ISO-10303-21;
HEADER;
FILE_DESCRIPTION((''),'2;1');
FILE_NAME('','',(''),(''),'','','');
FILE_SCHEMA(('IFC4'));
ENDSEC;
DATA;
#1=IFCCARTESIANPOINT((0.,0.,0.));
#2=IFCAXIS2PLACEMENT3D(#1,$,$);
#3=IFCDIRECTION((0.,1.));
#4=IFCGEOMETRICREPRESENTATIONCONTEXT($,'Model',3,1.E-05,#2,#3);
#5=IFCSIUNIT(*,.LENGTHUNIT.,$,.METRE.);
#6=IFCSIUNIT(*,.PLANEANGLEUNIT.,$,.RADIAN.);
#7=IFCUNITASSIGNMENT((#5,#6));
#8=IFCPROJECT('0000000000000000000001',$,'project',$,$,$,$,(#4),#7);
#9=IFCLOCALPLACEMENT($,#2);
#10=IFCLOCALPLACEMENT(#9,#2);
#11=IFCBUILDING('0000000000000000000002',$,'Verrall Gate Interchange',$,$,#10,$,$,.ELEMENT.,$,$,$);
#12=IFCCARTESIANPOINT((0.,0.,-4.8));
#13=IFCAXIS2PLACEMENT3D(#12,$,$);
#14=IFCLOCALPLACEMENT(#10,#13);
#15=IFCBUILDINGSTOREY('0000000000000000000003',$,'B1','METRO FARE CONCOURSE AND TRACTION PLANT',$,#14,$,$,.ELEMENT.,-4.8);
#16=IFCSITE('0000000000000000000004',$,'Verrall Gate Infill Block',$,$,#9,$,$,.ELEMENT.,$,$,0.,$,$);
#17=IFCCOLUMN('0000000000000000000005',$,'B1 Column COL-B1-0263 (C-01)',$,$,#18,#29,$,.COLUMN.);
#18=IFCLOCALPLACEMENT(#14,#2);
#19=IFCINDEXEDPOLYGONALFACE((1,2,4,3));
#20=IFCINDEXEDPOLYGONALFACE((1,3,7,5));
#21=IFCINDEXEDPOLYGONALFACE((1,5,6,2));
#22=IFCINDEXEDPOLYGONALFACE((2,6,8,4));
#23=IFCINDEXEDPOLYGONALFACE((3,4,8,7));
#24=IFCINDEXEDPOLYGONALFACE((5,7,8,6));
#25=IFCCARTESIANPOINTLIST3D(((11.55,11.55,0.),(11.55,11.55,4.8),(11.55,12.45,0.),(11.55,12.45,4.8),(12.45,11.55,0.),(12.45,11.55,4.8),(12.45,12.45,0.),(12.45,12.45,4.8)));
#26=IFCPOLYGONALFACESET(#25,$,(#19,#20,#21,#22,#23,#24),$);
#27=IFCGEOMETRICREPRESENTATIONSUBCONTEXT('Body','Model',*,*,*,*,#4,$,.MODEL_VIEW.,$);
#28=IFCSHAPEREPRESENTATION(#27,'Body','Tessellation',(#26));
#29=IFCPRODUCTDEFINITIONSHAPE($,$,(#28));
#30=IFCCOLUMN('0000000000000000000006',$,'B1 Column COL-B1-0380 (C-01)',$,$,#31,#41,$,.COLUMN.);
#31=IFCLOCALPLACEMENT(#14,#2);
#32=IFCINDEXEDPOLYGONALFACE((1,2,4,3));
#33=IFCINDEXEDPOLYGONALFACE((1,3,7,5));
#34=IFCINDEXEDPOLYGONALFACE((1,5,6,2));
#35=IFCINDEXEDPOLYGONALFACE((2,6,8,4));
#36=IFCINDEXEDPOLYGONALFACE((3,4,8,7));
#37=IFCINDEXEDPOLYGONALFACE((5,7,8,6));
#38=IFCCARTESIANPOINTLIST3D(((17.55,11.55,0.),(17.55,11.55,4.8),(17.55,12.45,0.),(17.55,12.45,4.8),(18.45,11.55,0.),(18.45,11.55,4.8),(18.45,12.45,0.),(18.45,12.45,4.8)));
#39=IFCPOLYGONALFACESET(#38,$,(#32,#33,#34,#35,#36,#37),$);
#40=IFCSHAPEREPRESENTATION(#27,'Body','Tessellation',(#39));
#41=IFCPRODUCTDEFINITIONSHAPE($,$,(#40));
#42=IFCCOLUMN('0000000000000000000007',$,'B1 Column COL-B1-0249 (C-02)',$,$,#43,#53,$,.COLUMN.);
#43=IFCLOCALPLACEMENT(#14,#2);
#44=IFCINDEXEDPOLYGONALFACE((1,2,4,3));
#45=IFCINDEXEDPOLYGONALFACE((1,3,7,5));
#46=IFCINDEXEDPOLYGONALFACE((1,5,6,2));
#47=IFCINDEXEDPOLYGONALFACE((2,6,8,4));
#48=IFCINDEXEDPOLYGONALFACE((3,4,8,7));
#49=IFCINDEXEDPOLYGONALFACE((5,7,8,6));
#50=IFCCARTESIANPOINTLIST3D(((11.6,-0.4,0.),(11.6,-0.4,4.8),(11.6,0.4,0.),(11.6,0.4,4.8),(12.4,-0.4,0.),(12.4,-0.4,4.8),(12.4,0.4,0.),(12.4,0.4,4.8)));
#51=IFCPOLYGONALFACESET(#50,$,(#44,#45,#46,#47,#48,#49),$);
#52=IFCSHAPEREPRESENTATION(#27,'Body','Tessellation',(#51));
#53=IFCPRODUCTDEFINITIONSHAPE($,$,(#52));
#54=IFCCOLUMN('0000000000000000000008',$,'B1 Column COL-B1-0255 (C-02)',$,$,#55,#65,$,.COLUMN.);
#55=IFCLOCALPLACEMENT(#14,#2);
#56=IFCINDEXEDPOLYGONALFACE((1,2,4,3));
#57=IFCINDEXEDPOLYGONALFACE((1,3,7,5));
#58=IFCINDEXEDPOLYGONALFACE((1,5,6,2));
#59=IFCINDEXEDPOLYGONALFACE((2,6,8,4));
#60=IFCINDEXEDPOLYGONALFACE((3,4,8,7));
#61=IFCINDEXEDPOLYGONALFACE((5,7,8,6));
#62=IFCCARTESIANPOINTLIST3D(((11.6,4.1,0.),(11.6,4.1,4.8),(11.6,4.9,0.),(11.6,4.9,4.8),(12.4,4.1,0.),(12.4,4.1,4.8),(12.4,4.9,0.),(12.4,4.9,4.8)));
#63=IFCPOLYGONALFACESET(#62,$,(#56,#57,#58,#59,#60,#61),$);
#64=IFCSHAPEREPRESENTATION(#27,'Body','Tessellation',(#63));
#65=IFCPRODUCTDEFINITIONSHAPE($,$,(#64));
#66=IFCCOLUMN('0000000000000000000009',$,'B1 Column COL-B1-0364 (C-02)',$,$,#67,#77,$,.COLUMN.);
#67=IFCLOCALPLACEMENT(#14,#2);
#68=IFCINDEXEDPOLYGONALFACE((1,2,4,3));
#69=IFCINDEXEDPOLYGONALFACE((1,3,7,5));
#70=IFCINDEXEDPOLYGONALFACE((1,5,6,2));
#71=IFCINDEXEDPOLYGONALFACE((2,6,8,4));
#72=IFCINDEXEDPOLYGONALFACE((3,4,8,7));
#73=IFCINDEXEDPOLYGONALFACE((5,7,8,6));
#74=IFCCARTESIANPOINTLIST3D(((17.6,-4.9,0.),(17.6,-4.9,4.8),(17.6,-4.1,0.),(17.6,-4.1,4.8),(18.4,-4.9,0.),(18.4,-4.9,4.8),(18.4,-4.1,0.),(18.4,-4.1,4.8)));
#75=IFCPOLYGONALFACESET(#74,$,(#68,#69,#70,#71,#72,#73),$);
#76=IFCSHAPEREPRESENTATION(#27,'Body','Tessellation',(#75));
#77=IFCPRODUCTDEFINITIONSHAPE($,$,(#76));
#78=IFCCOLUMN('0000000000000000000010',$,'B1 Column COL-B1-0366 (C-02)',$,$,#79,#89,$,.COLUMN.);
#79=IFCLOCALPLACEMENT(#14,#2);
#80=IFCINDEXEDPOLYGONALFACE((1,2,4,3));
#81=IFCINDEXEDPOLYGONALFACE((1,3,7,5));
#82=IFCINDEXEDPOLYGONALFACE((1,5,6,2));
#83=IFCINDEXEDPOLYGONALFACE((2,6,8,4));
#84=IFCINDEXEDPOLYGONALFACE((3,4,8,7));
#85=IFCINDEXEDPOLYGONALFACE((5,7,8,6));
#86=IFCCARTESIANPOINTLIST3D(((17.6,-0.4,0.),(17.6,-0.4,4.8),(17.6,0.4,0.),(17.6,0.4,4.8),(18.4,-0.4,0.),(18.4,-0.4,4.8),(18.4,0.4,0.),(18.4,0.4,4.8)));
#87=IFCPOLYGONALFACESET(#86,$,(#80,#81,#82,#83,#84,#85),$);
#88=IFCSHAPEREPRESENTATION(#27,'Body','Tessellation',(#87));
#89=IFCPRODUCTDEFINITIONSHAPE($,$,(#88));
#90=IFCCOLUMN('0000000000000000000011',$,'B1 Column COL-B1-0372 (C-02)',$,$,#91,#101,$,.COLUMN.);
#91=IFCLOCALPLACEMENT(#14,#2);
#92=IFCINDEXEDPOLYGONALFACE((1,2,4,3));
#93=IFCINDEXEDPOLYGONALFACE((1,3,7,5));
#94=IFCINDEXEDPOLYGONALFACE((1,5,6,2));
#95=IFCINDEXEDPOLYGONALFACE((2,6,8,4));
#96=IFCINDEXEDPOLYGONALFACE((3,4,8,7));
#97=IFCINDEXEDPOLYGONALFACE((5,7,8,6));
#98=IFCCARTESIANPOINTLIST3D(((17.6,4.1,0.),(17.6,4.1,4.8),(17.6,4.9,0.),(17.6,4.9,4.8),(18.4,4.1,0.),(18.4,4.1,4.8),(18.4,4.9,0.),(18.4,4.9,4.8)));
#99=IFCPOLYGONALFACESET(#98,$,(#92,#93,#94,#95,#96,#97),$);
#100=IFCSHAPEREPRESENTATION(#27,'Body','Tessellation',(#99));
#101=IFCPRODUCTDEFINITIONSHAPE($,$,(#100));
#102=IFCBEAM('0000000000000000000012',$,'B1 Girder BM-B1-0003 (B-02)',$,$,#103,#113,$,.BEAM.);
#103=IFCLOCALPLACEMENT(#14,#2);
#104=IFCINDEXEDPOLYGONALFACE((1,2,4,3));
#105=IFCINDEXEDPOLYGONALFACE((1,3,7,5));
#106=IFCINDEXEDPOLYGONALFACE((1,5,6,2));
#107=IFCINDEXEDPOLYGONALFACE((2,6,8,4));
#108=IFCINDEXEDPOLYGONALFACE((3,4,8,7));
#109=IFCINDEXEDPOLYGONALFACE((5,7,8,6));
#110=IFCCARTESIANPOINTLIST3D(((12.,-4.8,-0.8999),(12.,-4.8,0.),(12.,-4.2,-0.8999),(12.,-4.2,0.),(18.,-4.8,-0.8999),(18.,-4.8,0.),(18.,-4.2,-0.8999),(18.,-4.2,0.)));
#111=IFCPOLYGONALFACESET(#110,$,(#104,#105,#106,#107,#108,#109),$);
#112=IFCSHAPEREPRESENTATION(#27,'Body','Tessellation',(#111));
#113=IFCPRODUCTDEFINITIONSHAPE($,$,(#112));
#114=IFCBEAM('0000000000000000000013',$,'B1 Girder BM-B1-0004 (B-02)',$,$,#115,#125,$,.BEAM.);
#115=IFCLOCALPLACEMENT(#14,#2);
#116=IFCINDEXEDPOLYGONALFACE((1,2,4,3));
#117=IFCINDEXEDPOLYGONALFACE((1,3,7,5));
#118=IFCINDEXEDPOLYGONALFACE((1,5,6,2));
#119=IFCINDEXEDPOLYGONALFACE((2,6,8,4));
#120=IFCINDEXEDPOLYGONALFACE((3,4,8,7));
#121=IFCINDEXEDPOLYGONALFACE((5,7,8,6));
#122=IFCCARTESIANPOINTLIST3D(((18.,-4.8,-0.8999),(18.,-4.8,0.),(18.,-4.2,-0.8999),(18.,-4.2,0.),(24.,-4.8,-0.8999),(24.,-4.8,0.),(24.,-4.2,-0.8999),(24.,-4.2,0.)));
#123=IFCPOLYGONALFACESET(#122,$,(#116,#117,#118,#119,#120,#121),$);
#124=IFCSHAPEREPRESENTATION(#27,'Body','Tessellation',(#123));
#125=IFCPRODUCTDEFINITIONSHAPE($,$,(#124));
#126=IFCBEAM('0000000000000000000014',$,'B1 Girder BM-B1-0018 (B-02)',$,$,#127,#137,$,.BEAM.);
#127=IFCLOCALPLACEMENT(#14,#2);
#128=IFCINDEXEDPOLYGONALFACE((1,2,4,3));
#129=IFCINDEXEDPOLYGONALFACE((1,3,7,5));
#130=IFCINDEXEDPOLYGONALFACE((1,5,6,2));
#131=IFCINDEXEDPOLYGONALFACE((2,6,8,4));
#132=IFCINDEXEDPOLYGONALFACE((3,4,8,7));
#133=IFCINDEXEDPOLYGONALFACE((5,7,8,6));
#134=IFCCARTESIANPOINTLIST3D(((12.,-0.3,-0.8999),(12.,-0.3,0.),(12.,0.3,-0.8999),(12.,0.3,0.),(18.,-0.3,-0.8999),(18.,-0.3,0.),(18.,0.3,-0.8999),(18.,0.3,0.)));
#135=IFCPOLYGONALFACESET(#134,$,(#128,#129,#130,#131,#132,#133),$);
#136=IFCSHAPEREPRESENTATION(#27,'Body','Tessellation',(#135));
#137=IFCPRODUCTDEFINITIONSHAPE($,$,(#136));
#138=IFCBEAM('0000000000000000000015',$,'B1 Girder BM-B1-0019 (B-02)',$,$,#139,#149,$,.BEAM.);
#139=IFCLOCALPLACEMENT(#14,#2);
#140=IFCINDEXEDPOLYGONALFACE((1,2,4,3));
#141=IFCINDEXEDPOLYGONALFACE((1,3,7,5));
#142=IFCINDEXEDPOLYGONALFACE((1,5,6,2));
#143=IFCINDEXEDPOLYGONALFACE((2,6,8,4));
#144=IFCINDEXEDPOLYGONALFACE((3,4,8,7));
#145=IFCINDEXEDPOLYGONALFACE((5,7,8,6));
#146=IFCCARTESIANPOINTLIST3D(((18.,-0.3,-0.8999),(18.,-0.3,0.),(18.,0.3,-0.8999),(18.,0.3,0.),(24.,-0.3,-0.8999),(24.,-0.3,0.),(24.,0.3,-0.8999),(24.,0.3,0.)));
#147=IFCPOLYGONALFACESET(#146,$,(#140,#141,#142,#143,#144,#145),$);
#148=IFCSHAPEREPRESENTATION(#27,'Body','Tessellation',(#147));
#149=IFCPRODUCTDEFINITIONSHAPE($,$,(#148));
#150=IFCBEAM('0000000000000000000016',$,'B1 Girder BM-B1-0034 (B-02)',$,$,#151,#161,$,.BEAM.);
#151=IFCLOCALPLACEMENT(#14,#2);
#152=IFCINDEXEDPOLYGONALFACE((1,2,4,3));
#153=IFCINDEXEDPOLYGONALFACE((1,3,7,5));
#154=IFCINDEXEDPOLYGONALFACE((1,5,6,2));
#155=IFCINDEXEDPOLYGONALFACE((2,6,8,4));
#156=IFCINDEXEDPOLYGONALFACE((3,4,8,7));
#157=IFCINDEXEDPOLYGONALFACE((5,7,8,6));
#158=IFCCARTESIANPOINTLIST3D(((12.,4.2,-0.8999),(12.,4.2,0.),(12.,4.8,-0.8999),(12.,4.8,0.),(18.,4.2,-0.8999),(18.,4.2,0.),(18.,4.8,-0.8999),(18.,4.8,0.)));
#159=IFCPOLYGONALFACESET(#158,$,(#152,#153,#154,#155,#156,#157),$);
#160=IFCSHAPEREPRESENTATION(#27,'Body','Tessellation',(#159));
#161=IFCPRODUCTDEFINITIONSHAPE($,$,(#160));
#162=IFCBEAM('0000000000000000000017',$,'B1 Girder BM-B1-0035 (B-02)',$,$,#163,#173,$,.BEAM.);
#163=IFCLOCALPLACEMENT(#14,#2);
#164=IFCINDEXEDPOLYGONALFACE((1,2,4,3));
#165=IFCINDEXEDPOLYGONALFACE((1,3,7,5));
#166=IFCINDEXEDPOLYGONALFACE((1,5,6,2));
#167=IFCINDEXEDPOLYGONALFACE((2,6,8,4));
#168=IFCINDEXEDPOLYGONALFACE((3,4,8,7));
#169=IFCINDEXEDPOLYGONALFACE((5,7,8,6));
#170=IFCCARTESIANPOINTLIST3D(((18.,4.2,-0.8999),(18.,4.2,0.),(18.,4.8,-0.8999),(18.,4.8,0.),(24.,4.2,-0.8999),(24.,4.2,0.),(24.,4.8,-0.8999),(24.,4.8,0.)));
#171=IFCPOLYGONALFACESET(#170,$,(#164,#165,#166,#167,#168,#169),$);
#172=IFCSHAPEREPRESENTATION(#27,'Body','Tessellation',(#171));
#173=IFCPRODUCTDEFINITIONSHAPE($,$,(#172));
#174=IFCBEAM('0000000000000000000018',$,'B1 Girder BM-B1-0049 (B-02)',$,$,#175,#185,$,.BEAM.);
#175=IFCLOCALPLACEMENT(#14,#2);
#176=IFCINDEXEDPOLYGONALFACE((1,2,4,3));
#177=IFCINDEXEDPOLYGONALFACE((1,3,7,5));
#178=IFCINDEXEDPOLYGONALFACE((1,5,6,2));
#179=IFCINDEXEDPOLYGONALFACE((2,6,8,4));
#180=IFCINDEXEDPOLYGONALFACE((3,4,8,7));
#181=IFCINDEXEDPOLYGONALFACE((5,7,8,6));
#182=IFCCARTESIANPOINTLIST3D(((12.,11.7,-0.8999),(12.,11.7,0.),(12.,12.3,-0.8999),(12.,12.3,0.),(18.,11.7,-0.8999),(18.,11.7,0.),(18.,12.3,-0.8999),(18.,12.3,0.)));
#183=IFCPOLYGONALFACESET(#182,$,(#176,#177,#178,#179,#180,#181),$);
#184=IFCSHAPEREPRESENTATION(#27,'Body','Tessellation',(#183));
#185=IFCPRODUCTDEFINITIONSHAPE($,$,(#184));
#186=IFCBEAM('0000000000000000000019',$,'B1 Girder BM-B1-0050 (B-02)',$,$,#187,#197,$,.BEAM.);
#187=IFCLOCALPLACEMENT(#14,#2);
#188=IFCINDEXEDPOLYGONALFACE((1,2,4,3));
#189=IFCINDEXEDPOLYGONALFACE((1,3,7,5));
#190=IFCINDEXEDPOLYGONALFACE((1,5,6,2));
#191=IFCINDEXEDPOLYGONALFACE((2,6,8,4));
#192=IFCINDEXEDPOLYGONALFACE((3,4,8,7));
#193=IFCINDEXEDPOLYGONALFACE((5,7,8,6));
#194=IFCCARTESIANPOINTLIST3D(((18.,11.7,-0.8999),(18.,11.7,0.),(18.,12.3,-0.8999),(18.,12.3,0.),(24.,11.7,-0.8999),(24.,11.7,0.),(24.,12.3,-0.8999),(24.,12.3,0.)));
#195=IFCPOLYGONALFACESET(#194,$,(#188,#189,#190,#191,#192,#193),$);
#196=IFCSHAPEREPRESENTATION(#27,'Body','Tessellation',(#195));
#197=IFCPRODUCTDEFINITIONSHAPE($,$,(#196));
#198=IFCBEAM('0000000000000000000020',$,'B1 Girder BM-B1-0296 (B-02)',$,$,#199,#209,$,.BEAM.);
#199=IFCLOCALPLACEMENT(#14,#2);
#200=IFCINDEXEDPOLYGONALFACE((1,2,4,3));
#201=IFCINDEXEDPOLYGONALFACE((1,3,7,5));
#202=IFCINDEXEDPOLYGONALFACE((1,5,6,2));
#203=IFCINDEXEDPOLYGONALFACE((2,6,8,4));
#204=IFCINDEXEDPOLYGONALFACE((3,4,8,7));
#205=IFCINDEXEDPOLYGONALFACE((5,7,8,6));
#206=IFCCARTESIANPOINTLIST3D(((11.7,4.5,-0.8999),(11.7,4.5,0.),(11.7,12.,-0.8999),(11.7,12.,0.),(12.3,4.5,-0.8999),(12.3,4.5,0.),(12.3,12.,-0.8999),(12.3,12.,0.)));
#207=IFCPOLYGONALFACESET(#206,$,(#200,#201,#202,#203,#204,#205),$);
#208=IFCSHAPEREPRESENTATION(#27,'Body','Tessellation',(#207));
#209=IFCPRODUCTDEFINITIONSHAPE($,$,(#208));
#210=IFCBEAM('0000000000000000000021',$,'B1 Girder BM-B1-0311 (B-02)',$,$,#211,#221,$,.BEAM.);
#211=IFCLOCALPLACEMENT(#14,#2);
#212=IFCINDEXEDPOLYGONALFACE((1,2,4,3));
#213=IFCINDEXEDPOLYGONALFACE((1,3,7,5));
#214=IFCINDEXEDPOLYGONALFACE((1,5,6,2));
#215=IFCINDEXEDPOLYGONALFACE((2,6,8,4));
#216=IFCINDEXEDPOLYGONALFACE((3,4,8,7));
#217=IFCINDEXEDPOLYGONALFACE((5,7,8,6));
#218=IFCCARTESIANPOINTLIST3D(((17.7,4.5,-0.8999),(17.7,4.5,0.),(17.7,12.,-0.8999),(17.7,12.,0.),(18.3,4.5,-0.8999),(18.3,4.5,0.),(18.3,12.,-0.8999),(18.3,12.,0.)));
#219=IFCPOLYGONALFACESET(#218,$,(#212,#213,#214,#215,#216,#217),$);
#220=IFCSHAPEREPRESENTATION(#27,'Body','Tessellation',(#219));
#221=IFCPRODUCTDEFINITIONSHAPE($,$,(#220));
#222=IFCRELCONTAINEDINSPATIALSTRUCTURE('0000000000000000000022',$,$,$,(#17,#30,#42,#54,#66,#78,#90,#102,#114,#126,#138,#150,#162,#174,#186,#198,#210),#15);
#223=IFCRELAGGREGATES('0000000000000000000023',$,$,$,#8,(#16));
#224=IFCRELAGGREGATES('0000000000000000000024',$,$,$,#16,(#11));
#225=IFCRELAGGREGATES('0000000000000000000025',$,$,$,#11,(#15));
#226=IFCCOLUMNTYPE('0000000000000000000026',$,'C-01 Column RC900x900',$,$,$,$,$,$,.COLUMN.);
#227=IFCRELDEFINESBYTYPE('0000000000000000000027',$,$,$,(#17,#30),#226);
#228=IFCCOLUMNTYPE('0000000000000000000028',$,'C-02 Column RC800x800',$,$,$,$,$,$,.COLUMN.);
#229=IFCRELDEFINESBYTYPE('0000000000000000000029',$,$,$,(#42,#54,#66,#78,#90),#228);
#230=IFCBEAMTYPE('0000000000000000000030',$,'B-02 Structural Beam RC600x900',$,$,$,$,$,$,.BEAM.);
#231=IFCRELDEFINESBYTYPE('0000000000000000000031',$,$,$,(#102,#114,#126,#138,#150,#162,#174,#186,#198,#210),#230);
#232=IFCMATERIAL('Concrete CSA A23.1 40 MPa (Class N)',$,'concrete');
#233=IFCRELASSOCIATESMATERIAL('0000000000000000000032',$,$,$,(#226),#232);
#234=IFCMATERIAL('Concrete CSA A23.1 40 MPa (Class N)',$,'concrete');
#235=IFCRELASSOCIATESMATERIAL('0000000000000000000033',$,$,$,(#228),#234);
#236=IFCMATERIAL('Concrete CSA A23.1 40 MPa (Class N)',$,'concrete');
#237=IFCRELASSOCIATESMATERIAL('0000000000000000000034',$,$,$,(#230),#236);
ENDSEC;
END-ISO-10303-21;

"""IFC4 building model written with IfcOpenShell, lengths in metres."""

from ifc_helpers import new_model, si_unit, direction, frame, origin, origin_2d, place, context, subcontext, project, spatial, rectangle, extrude, material, material_profile, profile_set, type_object, element, save


model = new_model("IFC4")

# Units and contexts
model_context = context("Model", 3, precision=1e-05, world=origin(), true_north=direction((0.0, 1.0)))
body_context = subcontext(model_context, "Body", "Model", "MODEL_VIEW")
ifc_project = project(units=[si_unit("LENGTHUNIT", "METRE"), si_unit("PLANEANGLEUNIT", "RADIAN")], contexts=[model_context])

# Site, building, storey
site_placement = place(None, origin())
site = spatial("IfcSite", under=ifc_project, at=site_placement, Name="Verrall Gate Infill Block", CompositionType="ELEMENT", RefElevation=0.0)
building_placement = place(site_placement, origin())
building = spatial("IfcBuilding", under=site, at=building_placement, Name="Verrall Gate Interchange", CompositionType="ELEMENT")
storey_placement = place(building_placement, frame((0.0, 0.0, -4.8)))
storey = spatial("IfcBuildingStorey", under=building, at=storey_placement, Name="B1", Description="METRO FARE CONCOURSE AND TRACTION PLANT", CompositionType="ELEMENT", Elevation=-4.8)

# Columns
ifc_material_1 = material(Name="Concrete CSA A23.1 40 MPa (Class N)", Category="concrete")
ifc_material_profile_1 = material_profile(ifc_material_1, rectangle(XDim=0.8999, YDim=0.8999, at=origin_2d()), Name="RC900x900")
ifc_profile_set_1 = profile_set([ifc_material_profile_1], Name="Concrete CSA A23.1 40 MPa (Class N)")
column_type_1 = type_object("IfcColumnType", Name="C-01 Column RC900x900", PredefinedType="COLUMN", material=ifc_profile_set_1)
for number, where, z_axis, x_axis, name in (
    (1, (12.0, 12.0, 0.0), (0.0, 0.0, 1.0), (1.0, 0.0, 0.0), "B1 Column COL-B1-0263 (C-01)"),
    (2, (18.0, 12.0, 0.0), (0.0, 0.0, 1.0), (1.0, 0.0, 0.0), "B1 Column COL-B1-0380 (C-01)"),
):
    element("IfcColumn", number, at=place(storey_placement, frame(where, z_axis=z_axis, x_axis=x_axis)), inside=storey, type_object=column_type_1, Name=name, PredefinedType="COLUMN", context=body_context, shape_type="SweptSolid", body=[
        extrude(rectangle(XDim=0.8999, YDim=0.8999, at=origin_2d()), origin(), (0.0, 0.0, 1.0), 4.8),
    ])
ifc_material_2 = material(Name="Concrete CSA A23.1 40 MPa (Class N)", Category="concrete")
ifc_material_profile_2 = material_profile(ifc_material_2, rectangle(XDim=0.8, YDim=0.8, at=origin_2d()), Name="RC800x800")
ifc_profile_set_2 = profile_set([ifc_material_profile_2], Name="Concrete CSA A23.1 40 MPa (Class N)")
column_type_2 = type_object("IfcColumnType", Name="C-02 Column RC800x800", PredefinedType="COLUMN", material=ifc_profile_set_2)
for number, where, z_axis, x_axis, name in (
    (3, (12.0, 0.0, 0.0), (0.0, 0.0, 1.0), (1.0, 0.0, 0.0), "B1 Column COL-B1-0249 (C-02)"),
    (4, (12.0, 4.5, 0.0), (0.0, 0.0, 1.0), (1.0, 0.0, 0.0), "B1 Column COL-B1-0255 (C-02)"),
    (5, (18.0, -4.5, 0.0), (0.0, 0.0, 1.0), (1.0, 0.0, 0.0), "B1 Column COL-B1-0364 (C-02)"),
    (6, (18.0, 0.0, 0.0), (0.0, 0.0, 1.0), (1.0, 0.0, 0.0), "B1 Column COL-B1-0366 (C-02)"),
    (7, (18.0, 4.5, 0.0), (0.0, 0.0, 1.0), (1.0, 0.0, 0.0), "B1 Column COL-B1-0372 (C-02)"),
):
    element("IfcColumn", number, at=place(storey_placement, frame(where, z_axis=z_axis, x_axis=x_axis)), inside=storey, type_object=column_type_2, Name=name, PredefinedType="COLUMN", context=body_context, shape_type="SweptSolid", body=[
        extrude(rectangle(XDim=0.8, YDim=0.8, at=origin_2d()), origin(), (0.0, 0.0, 1.0), 4.8),
    ])

# Beams
ifc_material_3 = material(Name="Concrete CSA A23.1 40 MPa (Class N)", Category="concrete")
ifc_material_profile_3 = material_profile(ifc_material_3, rectangle(XDim=0.6001, YDim=0.8999, at=origin_2d()), Name="RC600x900")
ifc_profile_set_3 = profile_set([ifc_material_profile_3], Name="Concrete CSA A23.1 40 MPa (Class N)")
beam_type_1 = type_object("IfcBeamType", Name="B-02 Structural Beam RC600x900", PredefinedType="BEAM", material=ifc_profile_set_3)
for number, where, z_axis, x_axis, name in (
    (8, (12.0, -4.5, -0.45), (1.0, 0.0, 0.0), (0.0, 1.0, 0.0), "B1 Girder BM-B1-0003 (B-02)"),
    (9, (18.0, -4.5, -0.45), (1.0, 0.0, 0.0), (0.0, 1.0, 0.0), "B1 Girder BM-B1-0004 (B-02)"),
    (10, (12.0, 0.0, -0.45), (1.0, 0.0, 0.0), (0.0, 1.0, 0.0), "B1 Girder BM-B1-0018 (B-02)"),
    (11, (18.0, 0.0, -0.45), (1.0, 0.0, 0.0), (0.0, 1.0, 0.0), "B1 Girder BM-B1-0019 (B-02)"),
    (12, (12.0, 4.5, -0.45), (1.0, 0.0, 0.0), (0.0, 1.0, 0.0), "B1 Girder BM-B1-0034 (B-02)"),
    (13, (18.0, 4.5, -0.45), (1.0, 0.0, 0.0), (0.0, 1.0, 0.0), "B1 Girder BM-B1-0035 (B-02)"),
    (14, (12.0, 12.0, -0.45), (1.0, 0.0, 0.0), (0.0, 1.0, 0.0), "B1 Girder BM-B1-0049 (B-02)"),
    (15, (18.0, 12.0, -0.45), (1.0, 0.0, 0.0), (0.0, 1.0, 0.0), "B1 Girder BM-B1-0050 (B-02)"),
):
    element("IfcBeam", number, at=place(storey_placement, frame(where, z_axis=z_axis, x_axis=x_axis)), inside=storey, type_object=beam_type_1, Name=name, PredefinedType="BEAM", context=body_context, shape_type="SweptSolid", body=[
        extrude(rectangle(XDim=0.6001, YDim=0.8999, at=origin_2d()), origin(), (0.0, 0.0, 1.0), 6.0),
    ])
for number, where, z_axis, x_axis, name in (
    (16, (12.0, 4.5, -0.45), (0.0, 1.0, 0.0), (-1.0, 0.0, 0.0), "B1 Girder BM-B1-0296 (B-02)"),
    (17, (18.0, 4.5, -0.45), (0.0, 1.0, 0.0), (-1.0, 0.0, 0.0), "B1 Girder BM-B1-0311 (B-02)"),
):
    element("IfcBeam", number, at=place(storey_placement, frame(where, z_axis=z_axis, x_axis=x_axis)), inside=storey, type_object=beam_type_1, Name=name, PredefinedType="BEAM", context=body_context, shape_type="SweptSolid", body=[
        extrude(rectangle(XDim=0.6001, YDim=0.8999, at=origin_2d()), origin(), (0.0, 0.0, 1.0), 7.5),
    ])

save(model, "model.ifc")
